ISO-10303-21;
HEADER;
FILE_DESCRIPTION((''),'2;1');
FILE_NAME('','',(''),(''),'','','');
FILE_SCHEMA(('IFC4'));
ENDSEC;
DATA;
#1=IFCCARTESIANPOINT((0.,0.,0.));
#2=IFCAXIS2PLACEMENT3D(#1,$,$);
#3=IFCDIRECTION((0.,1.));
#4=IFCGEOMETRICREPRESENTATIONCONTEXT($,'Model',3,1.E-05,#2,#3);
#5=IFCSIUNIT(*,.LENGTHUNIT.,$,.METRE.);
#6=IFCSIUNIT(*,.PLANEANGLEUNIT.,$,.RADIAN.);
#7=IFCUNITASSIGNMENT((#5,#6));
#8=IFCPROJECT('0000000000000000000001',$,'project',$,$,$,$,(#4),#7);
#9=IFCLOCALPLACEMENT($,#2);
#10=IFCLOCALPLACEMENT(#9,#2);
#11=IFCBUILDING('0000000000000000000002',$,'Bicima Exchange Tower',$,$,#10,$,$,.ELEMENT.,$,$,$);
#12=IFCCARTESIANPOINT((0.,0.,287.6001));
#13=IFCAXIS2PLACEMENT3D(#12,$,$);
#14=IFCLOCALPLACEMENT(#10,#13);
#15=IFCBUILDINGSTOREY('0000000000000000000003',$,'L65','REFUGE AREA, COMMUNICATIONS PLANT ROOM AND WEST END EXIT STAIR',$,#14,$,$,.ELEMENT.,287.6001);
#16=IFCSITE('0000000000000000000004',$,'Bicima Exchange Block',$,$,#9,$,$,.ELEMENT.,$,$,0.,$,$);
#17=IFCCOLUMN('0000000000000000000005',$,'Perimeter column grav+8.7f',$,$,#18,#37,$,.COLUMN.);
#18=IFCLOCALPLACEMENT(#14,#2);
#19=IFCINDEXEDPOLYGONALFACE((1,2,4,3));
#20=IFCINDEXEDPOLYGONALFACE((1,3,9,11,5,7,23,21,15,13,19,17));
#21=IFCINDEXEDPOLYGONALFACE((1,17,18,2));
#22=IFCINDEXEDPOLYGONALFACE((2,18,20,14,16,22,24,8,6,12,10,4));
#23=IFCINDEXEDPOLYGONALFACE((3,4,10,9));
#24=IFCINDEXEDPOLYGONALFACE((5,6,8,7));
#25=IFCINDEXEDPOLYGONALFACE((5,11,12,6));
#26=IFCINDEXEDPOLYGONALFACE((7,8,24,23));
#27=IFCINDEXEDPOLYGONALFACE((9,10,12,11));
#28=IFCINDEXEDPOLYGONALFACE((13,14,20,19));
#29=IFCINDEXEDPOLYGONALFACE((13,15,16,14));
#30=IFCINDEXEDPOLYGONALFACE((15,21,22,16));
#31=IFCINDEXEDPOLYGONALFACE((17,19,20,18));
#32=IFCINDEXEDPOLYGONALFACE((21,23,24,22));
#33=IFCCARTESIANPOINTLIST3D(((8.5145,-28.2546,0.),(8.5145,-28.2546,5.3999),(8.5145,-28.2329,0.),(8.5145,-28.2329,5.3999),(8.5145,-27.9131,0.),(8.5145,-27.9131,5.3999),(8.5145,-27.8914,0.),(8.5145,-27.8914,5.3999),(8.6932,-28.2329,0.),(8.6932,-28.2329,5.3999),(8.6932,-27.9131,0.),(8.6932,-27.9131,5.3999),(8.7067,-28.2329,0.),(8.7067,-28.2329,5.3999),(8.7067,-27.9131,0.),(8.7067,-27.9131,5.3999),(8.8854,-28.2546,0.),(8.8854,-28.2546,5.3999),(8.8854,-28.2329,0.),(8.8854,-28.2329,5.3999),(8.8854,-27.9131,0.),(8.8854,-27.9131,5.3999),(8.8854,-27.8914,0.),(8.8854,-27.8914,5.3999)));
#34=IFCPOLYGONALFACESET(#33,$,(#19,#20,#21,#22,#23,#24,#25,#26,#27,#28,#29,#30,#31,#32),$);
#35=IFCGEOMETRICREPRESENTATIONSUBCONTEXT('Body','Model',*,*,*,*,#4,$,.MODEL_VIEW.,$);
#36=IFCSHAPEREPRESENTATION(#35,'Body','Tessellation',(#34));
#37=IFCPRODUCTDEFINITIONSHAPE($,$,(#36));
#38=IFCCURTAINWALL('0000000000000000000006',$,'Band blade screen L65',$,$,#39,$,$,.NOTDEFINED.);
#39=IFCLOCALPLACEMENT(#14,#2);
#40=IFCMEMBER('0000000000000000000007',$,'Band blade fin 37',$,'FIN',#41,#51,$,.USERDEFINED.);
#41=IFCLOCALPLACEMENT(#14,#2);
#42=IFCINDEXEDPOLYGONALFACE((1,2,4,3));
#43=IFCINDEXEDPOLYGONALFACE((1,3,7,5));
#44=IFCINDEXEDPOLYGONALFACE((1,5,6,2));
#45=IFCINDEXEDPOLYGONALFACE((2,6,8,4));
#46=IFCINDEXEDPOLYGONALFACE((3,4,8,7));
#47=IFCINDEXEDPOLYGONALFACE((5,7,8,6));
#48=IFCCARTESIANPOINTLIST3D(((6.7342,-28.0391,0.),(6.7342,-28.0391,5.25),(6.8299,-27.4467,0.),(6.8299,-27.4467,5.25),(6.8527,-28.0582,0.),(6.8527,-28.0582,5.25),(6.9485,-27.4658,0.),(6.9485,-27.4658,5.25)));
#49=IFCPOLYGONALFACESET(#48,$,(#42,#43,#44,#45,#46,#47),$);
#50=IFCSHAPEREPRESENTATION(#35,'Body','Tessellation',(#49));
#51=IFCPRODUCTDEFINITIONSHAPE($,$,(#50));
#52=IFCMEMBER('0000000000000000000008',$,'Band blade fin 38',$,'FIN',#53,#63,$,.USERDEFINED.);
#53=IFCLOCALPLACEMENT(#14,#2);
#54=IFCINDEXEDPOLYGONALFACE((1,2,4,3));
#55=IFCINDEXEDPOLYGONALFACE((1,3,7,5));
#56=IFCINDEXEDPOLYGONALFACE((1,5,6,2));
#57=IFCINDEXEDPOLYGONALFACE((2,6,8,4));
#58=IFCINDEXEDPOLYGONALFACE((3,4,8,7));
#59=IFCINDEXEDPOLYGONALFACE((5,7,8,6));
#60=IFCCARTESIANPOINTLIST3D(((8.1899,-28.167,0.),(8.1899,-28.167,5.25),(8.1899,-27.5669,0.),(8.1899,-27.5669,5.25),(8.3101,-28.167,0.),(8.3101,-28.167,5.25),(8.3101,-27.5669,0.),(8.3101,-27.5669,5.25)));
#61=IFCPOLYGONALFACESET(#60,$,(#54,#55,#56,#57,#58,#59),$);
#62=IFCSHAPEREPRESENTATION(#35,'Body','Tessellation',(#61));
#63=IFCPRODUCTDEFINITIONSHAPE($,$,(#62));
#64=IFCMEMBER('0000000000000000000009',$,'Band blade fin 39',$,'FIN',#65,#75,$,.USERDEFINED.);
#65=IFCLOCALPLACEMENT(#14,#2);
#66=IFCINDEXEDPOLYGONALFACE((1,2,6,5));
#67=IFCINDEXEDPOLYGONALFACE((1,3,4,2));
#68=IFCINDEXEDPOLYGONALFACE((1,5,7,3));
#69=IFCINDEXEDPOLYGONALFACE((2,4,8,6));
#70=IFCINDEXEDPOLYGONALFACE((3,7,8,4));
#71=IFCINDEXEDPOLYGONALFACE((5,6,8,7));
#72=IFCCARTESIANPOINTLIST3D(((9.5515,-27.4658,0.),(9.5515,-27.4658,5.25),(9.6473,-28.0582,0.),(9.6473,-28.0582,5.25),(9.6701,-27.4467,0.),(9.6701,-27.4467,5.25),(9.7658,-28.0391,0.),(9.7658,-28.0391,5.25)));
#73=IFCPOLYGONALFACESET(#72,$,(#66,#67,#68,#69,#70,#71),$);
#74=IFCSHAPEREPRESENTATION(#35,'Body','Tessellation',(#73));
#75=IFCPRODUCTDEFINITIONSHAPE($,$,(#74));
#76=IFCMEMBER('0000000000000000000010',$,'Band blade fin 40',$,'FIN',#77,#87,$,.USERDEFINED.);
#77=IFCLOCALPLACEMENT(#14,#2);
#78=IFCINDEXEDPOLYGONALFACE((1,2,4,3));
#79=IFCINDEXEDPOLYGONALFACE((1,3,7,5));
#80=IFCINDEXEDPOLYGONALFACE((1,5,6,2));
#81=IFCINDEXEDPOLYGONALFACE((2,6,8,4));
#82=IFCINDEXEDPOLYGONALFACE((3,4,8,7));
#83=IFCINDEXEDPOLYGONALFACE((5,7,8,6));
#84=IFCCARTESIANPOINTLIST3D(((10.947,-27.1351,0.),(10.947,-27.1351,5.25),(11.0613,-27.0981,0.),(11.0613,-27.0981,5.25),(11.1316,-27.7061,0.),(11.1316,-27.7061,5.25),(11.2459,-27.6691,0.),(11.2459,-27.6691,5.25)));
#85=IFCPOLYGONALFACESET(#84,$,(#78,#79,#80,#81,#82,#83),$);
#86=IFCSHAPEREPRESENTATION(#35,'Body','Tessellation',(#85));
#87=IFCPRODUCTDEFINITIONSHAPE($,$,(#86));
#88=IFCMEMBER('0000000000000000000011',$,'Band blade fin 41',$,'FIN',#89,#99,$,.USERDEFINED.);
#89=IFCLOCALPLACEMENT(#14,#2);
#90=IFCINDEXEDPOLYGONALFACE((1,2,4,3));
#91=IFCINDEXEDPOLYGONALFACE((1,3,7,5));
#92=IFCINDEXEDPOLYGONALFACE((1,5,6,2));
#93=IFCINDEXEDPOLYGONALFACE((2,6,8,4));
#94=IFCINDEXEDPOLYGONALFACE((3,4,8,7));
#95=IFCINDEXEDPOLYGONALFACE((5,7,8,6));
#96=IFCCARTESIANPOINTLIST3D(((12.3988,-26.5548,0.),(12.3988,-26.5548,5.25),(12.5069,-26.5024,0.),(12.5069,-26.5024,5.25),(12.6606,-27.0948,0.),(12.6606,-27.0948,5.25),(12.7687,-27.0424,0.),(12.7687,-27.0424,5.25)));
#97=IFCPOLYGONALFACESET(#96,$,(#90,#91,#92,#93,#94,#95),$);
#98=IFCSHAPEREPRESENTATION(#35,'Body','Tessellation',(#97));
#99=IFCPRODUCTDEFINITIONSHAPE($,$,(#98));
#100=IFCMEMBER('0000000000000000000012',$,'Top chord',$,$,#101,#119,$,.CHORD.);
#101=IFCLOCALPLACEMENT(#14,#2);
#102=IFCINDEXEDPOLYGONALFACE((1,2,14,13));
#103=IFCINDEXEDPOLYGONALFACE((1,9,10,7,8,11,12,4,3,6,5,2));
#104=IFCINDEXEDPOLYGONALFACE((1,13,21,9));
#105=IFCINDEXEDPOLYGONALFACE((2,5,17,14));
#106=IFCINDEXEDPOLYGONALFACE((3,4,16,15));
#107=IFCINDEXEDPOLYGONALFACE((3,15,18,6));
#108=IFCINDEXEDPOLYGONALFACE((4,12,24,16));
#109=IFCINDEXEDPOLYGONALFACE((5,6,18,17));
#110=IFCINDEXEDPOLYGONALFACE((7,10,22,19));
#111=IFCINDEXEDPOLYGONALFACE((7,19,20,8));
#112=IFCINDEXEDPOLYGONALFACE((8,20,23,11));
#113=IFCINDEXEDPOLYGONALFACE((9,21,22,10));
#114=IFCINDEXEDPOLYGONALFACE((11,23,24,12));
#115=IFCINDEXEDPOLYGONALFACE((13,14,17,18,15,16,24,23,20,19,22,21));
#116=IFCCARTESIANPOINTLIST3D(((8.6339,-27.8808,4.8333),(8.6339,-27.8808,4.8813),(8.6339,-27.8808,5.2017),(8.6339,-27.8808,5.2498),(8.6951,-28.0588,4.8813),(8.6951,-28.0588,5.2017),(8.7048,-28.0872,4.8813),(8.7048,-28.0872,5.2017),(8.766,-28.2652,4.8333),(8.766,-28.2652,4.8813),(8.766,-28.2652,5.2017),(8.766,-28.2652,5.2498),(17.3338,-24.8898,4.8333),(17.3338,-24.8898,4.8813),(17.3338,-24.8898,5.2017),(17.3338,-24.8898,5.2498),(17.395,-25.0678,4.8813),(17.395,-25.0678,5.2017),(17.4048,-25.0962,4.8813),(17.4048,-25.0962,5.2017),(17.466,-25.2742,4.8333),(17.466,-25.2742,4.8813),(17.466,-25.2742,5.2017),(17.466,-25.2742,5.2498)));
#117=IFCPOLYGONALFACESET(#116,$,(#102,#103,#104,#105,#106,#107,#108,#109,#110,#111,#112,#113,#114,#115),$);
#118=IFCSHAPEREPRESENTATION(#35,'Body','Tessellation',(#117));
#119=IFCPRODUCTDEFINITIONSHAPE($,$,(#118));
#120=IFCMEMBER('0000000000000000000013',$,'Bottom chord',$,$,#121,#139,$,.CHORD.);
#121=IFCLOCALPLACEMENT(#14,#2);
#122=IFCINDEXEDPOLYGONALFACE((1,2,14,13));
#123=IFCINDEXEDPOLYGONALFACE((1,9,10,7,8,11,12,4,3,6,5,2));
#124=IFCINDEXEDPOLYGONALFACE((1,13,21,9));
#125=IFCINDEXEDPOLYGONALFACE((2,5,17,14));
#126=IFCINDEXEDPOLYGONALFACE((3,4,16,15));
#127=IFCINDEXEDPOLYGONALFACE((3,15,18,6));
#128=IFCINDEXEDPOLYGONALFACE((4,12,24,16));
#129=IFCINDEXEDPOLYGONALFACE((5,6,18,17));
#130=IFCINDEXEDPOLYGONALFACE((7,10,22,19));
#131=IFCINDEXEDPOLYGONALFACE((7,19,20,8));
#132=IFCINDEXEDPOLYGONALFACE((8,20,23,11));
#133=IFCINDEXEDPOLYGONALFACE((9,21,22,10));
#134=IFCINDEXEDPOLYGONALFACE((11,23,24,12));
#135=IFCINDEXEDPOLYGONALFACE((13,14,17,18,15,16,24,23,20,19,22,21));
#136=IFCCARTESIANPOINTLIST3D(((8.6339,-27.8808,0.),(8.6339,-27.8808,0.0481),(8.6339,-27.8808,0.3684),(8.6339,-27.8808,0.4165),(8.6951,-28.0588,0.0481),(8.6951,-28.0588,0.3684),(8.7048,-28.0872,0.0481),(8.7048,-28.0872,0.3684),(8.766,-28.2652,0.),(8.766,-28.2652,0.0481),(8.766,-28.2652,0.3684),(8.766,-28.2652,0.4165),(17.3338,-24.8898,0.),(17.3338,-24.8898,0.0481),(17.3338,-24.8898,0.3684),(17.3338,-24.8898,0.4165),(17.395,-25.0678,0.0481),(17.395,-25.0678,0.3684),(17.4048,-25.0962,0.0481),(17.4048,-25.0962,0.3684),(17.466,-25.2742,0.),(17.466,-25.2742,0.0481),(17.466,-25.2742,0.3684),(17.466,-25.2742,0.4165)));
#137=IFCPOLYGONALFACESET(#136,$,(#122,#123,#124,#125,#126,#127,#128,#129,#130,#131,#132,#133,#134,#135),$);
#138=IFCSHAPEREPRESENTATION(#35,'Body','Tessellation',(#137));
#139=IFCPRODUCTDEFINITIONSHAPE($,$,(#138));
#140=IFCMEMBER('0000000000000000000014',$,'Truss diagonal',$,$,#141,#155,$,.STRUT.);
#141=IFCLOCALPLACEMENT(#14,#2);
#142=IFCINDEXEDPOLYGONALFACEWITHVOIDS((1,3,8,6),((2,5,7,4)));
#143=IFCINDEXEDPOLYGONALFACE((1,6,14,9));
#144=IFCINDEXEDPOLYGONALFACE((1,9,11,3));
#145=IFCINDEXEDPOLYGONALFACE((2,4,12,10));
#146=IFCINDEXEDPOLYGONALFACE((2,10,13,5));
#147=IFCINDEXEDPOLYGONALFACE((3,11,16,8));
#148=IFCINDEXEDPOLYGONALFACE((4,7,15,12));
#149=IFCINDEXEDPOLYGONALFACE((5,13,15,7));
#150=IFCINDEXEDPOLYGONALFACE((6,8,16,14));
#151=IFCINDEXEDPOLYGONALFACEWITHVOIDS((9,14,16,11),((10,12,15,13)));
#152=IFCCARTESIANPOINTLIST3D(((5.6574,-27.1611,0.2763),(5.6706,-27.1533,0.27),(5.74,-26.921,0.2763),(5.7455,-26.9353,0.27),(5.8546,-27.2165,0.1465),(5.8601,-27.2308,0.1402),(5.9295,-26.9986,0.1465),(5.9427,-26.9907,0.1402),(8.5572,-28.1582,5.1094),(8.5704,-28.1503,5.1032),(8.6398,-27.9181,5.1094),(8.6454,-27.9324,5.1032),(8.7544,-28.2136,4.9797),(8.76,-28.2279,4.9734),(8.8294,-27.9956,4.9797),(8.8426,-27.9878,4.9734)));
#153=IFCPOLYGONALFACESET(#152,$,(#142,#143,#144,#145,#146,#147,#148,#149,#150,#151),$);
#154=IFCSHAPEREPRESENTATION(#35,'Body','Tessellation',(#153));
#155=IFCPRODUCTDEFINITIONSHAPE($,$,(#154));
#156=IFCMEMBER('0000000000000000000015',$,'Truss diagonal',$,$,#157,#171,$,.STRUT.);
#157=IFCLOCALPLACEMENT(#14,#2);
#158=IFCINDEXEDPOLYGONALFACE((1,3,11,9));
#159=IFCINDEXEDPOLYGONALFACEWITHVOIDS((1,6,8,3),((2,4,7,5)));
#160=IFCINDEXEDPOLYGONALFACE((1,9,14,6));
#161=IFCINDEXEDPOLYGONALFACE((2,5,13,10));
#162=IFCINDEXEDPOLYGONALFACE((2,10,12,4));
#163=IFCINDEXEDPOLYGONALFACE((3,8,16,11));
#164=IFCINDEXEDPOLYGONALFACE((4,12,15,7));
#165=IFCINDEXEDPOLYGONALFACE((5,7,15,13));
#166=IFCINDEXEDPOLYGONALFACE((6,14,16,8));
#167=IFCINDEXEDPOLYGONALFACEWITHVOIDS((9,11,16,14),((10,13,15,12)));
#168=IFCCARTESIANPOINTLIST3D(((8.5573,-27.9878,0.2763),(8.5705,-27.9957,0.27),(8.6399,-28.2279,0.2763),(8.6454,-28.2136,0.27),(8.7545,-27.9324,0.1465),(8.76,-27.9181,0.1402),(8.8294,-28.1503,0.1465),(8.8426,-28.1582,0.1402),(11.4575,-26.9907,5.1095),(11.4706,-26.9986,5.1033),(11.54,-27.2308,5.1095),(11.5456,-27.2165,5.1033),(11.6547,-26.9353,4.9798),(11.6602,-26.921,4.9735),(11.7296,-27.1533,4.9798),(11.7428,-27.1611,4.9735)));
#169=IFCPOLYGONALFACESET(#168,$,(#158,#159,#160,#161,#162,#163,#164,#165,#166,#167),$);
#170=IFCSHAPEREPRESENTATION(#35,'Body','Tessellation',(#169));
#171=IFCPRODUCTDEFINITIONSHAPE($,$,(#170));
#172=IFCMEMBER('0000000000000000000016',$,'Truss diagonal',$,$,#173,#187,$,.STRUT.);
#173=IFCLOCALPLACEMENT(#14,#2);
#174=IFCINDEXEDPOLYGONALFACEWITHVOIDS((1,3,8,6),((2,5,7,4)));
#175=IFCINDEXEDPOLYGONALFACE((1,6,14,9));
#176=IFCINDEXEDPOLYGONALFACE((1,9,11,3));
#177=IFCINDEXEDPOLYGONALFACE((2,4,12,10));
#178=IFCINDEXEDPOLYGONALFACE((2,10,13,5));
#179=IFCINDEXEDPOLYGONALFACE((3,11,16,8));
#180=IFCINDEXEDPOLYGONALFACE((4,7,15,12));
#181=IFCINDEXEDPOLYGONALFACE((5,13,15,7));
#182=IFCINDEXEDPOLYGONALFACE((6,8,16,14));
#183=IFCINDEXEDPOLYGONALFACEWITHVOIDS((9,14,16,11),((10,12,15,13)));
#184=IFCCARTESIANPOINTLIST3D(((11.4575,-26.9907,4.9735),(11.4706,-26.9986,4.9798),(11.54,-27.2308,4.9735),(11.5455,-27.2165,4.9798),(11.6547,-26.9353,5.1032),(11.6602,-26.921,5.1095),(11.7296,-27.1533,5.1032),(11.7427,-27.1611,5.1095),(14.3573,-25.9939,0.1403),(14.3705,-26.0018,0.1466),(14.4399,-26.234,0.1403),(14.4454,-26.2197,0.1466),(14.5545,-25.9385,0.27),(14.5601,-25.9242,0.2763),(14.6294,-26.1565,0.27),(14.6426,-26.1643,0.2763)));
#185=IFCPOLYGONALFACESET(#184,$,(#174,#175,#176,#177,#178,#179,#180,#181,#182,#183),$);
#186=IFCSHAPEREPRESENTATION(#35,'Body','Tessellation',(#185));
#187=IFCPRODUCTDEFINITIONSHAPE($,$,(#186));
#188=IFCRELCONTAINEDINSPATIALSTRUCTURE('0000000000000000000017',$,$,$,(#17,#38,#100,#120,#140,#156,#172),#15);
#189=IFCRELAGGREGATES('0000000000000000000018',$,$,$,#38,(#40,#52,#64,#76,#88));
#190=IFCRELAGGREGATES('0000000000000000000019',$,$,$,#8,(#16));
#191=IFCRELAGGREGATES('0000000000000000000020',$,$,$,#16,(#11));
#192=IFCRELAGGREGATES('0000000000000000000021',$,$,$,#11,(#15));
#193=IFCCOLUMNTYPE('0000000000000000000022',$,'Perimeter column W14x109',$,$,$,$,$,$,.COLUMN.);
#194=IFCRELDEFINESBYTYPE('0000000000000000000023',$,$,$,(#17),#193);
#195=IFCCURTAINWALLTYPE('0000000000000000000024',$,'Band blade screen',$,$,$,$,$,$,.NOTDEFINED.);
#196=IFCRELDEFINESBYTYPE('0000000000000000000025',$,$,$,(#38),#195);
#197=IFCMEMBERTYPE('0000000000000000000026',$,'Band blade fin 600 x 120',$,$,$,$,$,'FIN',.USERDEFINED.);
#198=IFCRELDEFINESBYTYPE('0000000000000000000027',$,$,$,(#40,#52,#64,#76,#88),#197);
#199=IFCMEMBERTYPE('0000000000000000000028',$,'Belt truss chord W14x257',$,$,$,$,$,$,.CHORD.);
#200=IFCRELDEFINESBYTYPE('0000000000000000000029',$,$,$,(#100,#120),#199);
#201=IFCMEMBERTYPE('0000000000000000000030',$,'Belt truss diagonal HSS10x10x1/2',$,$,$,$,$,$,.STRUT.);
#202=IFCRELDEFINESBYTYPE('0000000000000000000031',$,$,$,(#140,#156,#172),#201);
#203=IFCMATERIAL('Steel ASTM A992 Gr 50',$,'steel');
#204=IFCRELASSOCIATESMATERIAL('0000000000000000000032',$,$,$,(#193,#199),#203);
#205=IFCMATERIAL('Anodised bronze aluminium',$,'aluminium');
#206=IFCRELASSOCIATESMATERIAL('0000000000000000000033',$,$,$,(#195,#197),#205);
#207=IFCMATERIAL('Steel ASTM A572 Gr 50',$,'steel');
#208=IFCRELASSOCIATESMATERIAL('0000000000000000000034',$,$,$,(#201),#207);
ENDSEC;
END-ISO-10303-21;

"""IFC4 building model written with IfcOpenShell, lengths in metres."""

from ifc_helpers import new_model, si_unit, direction, frame, origin, origin_2d, place, context, subcontext, project, spatial, rectangle, hollow_rectangle, i_section, extrude, material, material_profile, profile_set, type_object, element, aggregate, save


model = new_model("IFC4")

# Units and contexts
model_context = context("Model", 3, precision=1e-05, world=origin(), true_north=direction((0.0, 1.0)))
body_context = subcontext(model_context, "Body", "Model", "MODEL_VIEW")
ifc_project = project(units=[si_unit("LENGTHUNIT", "METRE"), si_unit("PLANEANGLEUNIT", "RADIAN")], contexts=[model_context])

# Site, building, storey
site_placement = place(None, origin())
site = spatial("IfcSite", under=ifc_project, at=site_placement, Name="Bicima Exchange Block", CompositionType="ELEMENT", RefElevation=0.0)
building_placement = place(site_placement, origin())
building = spatial("IfcBuilding", under=site, at=building_placement, Name="Bicima Exchange Tower", CompositionType="ELEMENT")
storey_placement = place(building_placement, frame((0.0, 0.0, 287.6001)))
storey = spatial("IfcBuildingStorey", under=building, at=storey_placement, Name="L65", Description="REFUGE AREA, COMMUNICATIONS PLANT ROOM AND WEST END EXIT STAIR", CompositionType="ELEMENT", Elevation=287.6001)

# Column
ifc_material_1 = material(Name="Steel ASTM A992 Gr 50", Category="steel")
ifc_material_profile_1 = material_profile(ifc_material_1, i_section(OverallWidth=0.3708, OverallDepth=0.3633, WebThickness=0.0134, FlangeThickness=0.0217, at=origin_2d()))
ifc_profile_set_1 = profile_set([ifc_material_profile_1], Name="Steel ASTM A992 Gr 50")
column_type = type_object("IfcColumnType", Name="Perimeter column W14x109", PredefinedType="COLUMN", material=ifc_profile_set_1)
column_placement = place(storey_placement, frame((8.7, -28.073, 0.0), z_axis=(0.0, 0.0, 1.0), x_axis=(1.0, 0.0, 0.0)))
element("IfcColumn", 1, at=column_placement, inside=storey, type_object=column_type, Name="Perimeter column grav+8.7f", PredefinedType="COLUMN", context=body_context, shape_type="SweptSolid", body=[
    extrude(i_section(OverallWidth=0.3708, OverallDepth=0.3633, WebThickness=0.0134, FlangeThickness=0.0217, at=origin_2d()), origin(), (0.0, 0.0, 1.0), 5.3999),
])

# Curtain wall, members
ifc_material_2 = material(Name="Anodised bronze aluminium", Category="aluminium")
curtain_wall_type = type_object("IfcCurtainWallType", Name="Band blade screen", PredefinedType="NOTDEFINED", material=ifc_material_2)
curtain_wall_placement = place(storey_placement, origin())
curtain_wall = element("IfcCurtainWall", 2, at=curtain_wall_placement, inside=storey, type_object=curtain_wall_type, Name="Band blade screen L65", PredefinedType="NOTDEFINED")
ifc_material_profile_2 = material_profile(ifc_material_2, rectangle(XDim=0.6001, YDim=0.1201, at=origin_2d()))
ifc_profile_set_2 = profile_set([ifc_material_profile_2], Name="Anodised bronze aluminium")
member_type_1 = type_object("IfcMemberType", Name="Band blade fin 600 x 120", ElementType="FIN", PredefinedType="USERDEFINED", material=ifc_profile_set_2)
member_1_placement = place(storey_placement, frame((6.8413, -27.7524, 0.0), z_axis=(0.0, 0.0, 1.0), x_axis=(0.159533, 0.987193, 0.0)))
member_1 = element("IfcMember", 3, at=member_1_placement, type_object=member_type_1, Name="Band blade fin 37", ObjectType="FIN", PredefinedType="USERDEFINED", context=body_context, shape_type="SweptSolid", body=[
    extrude(rectangle(XDim=0.6001, YDim=0.1201, at=origin_2d()), origin(), (0.0, 0.0, 1.0), 5.25),
])
member_2_placement = place(storey_placement, frame((8.25, -27.8669, 0.0), z_axis=(0.0, 0.0, 1.0), x_axis=(0.0, 1.0, 0.0)))
member_2 = element("IfcMember", 4, at=member_2_placement, type_object=member_type_1, Name="Band blade fin 38", ObjectType="FIN", PredefinedType="USERDEFINED", context=body_context, shape_type="SweptSolid", body=[
    extrude(rectangle(XDim=0.6001, YDim=0.1201, at=origin_2d()), origin(), (0.0, 0.0, 1.0), 5.25),
])
member_3_placement = place(storey_placement, frame((9.6587, -27.7524, 0.0), z_axis=(0.0, 0.0, 1.0), x_axis=(-0.159533, 0.987193, 0.0)))
member_3 = element("IfcMember", 5, at=member_3_placement, type_object=member_type_1, Name="Band blade fin 39", ObjectType="FIN", PredefinedType="USERDEFINED", context=body_context, shape_type="SweptSolid", body=[
    extrude(rectangle(XDim=0.6001, YDim=0.1201, at=origin_2d()), origin(), (0.0, 0.0, 1.0), 5.25),
])
member_4_placement = place(storey_placement, frame((11.0964, -27.4021, 0.0), z_axis=(0.0, 0.0, 1.0), x_axis=(-0.307553, 0.951531, 0.0)))
member_4 = element("IfcMember", 6, at=member_4_placement, type_object=member_type_1, Name="Band blade fin 40", ObjectType="FIN", PredefinedType="USERDEFINED", context=body_context, shape_type="SweptSolid", body=[
    extrude(rectangle(XDim=0.6001, YDim=0.1201, at=origin_2d()), origin(), (0.0, 0.0, 1.0), 5.25),
])
member_5_placement = place(storey_placement, frame((12.5837, -26.7986, 0.0), z_axis=(0.0, 0.0, 1.0), x_axis=(-0.436287, 0.899808, 0.0)))
member_5 = element("IfcMember", 7, at=member_5_placement, type_object=member_type_1, Name="Band blade fin 41", ObjectType="FIN", PredefinedType="USERDEFINED", context=body_context, shape_type="SweptSolid", body=[
    extrude(rectangle(XDim=0.6001, YDim=0.1201, at=origin_2d()), origin(), (0.0, 0.0, 1.0), 5.25),
])
aggregate(curtain_wall, [member_1, member_2, member_3, member_4, member_5])

# Members
ifc_material_profile_3 = material_profile(ifc_material_1, i_section(OverallWidth=0.4065, OverallDepth=0.4165, WebThickness=0.03, FlangeThickness=0.0481, at=origin_2d()))
ifc_profile_set_3 = profile_set([ifc_material_profile_3], Name="Steel ASTM A992 Gr 50")
member_type_2 = type_object("IfcMemberType", Name="Belt truss chord W14x257", PredefinedType="CHORD", material=ifc_profile_set_3)
for number, where, z_axis, x_axis, name in (
    (8, (8.7, -28.073, 5.0415), (0.945675, 0.325115, 0.0), (-0.325115, 0.945675, 0.0), "Top chord"),
    (9, (8.7, -28.073, 0.2083), (0.945675, 0.325115, 0.0), (-0.325115, 0.945675, 0.0), "Bottom chord"),
):
    element("IfcMember", number, at=place(storey_placement, frame(where, z_axis=z_axis, x_axis=x_axis)), inside=storey, type_object=member_type_2, Name=name, PredefinedType="CHORD", context=body_context, shape_type="SweptSolid", body=[
        extrude(i_section(OverallWidth=0.4065, OverallDepth=0.4165, WebThickness=0.03, FlangeThickness=0.0481, at=origin_2d()), origin(), (0.0, 0.0, 1.0), 9.1997),
    ])
ifc_material_3 = material(Name="Steel ASTM A572 Gr 50", Category="steel")
ifc_material_profile_4 = material_profile(ifc_material_3, hollow_rectangle(XDim=0.2539, YDim=0.2539, WallThickness=0.0117, at=origin_2d()))
ifc_profile_set_4 = profile_set([ifc_material_profile_4], Name="Steel ASTM A572 Gr 50")
member_type_3 = type_object("IfcMemberType", Name="Belt truss diagonal HSS10x10x1/2", PredefinedType="STRUT", material=ifc_profile_set_4)
member_6_placement = place(storey_placement, frame((5.8, -27.0759, 0.2083), z_axis=(0.506624, -0.174192, 0.844387), x_axis=(0.325147, 0.945664, 0.0)))
element("IfcMember", 10, at=member_6_placement, inside=storey, type_object=member_type_3, Name="Truss diagonal", PredefinedType="STRUT", context=body_context, shape_type="SweptSolid", body=[
    extrude(hollow_rectangle(XDim=0.2539, YDim=0.2539, WallThickness=0.0117, at=origin_2d()), origin(), (0.0, 0.0, 1.0), 5.7239),
])
member_7_placement = place(storey_placement, frame((8.7, -28.073, 0.2083), z_axis=(0.506655, 0.174188, 0.844369), x_axis=(-0.325122, 0.945672, 0.0)))
element("IfcMember", 11, at=member_7_placement, inside=storey, type_object=member_type_3, Name="Truss diagonal", PredefinedType="STRUT", context=body_context, shape_type="SweptSolid", body=[
    extrude(hollow_rectangle(XDim=0.2539, YDim=0.2539, WallThickness=0.0117, at=origin_2d()), origin(), (0.0, 0.0, 1.0), 5.7241),
])
for number, where, z_axis, x_axis, name in (
    (12, (11.6001, -27.0759, 5.0415), (0.506627, 0.174151, -0.844393), (-0.325075, 0.945688, 0.0), "Truss diagonal"),
):
    element("IfcMember", number, at=place(storey_placement, frame(where, z_axis=z_axis, x_axis=x_axis)), inside=storey, type_object=member_type_3, Name=name, PredefinedType="STRUT", context=body_context, shape_type="SweptSolid", body=[
        extrude(hollow_rectangle(XDim=0.2539, YDim=0.2539, WallThickness=0.0117, at=origin_2d()), origin(), (0.0, 0.0, 1.0), 5.7239),
    ])

save(model, "model.ifc")
